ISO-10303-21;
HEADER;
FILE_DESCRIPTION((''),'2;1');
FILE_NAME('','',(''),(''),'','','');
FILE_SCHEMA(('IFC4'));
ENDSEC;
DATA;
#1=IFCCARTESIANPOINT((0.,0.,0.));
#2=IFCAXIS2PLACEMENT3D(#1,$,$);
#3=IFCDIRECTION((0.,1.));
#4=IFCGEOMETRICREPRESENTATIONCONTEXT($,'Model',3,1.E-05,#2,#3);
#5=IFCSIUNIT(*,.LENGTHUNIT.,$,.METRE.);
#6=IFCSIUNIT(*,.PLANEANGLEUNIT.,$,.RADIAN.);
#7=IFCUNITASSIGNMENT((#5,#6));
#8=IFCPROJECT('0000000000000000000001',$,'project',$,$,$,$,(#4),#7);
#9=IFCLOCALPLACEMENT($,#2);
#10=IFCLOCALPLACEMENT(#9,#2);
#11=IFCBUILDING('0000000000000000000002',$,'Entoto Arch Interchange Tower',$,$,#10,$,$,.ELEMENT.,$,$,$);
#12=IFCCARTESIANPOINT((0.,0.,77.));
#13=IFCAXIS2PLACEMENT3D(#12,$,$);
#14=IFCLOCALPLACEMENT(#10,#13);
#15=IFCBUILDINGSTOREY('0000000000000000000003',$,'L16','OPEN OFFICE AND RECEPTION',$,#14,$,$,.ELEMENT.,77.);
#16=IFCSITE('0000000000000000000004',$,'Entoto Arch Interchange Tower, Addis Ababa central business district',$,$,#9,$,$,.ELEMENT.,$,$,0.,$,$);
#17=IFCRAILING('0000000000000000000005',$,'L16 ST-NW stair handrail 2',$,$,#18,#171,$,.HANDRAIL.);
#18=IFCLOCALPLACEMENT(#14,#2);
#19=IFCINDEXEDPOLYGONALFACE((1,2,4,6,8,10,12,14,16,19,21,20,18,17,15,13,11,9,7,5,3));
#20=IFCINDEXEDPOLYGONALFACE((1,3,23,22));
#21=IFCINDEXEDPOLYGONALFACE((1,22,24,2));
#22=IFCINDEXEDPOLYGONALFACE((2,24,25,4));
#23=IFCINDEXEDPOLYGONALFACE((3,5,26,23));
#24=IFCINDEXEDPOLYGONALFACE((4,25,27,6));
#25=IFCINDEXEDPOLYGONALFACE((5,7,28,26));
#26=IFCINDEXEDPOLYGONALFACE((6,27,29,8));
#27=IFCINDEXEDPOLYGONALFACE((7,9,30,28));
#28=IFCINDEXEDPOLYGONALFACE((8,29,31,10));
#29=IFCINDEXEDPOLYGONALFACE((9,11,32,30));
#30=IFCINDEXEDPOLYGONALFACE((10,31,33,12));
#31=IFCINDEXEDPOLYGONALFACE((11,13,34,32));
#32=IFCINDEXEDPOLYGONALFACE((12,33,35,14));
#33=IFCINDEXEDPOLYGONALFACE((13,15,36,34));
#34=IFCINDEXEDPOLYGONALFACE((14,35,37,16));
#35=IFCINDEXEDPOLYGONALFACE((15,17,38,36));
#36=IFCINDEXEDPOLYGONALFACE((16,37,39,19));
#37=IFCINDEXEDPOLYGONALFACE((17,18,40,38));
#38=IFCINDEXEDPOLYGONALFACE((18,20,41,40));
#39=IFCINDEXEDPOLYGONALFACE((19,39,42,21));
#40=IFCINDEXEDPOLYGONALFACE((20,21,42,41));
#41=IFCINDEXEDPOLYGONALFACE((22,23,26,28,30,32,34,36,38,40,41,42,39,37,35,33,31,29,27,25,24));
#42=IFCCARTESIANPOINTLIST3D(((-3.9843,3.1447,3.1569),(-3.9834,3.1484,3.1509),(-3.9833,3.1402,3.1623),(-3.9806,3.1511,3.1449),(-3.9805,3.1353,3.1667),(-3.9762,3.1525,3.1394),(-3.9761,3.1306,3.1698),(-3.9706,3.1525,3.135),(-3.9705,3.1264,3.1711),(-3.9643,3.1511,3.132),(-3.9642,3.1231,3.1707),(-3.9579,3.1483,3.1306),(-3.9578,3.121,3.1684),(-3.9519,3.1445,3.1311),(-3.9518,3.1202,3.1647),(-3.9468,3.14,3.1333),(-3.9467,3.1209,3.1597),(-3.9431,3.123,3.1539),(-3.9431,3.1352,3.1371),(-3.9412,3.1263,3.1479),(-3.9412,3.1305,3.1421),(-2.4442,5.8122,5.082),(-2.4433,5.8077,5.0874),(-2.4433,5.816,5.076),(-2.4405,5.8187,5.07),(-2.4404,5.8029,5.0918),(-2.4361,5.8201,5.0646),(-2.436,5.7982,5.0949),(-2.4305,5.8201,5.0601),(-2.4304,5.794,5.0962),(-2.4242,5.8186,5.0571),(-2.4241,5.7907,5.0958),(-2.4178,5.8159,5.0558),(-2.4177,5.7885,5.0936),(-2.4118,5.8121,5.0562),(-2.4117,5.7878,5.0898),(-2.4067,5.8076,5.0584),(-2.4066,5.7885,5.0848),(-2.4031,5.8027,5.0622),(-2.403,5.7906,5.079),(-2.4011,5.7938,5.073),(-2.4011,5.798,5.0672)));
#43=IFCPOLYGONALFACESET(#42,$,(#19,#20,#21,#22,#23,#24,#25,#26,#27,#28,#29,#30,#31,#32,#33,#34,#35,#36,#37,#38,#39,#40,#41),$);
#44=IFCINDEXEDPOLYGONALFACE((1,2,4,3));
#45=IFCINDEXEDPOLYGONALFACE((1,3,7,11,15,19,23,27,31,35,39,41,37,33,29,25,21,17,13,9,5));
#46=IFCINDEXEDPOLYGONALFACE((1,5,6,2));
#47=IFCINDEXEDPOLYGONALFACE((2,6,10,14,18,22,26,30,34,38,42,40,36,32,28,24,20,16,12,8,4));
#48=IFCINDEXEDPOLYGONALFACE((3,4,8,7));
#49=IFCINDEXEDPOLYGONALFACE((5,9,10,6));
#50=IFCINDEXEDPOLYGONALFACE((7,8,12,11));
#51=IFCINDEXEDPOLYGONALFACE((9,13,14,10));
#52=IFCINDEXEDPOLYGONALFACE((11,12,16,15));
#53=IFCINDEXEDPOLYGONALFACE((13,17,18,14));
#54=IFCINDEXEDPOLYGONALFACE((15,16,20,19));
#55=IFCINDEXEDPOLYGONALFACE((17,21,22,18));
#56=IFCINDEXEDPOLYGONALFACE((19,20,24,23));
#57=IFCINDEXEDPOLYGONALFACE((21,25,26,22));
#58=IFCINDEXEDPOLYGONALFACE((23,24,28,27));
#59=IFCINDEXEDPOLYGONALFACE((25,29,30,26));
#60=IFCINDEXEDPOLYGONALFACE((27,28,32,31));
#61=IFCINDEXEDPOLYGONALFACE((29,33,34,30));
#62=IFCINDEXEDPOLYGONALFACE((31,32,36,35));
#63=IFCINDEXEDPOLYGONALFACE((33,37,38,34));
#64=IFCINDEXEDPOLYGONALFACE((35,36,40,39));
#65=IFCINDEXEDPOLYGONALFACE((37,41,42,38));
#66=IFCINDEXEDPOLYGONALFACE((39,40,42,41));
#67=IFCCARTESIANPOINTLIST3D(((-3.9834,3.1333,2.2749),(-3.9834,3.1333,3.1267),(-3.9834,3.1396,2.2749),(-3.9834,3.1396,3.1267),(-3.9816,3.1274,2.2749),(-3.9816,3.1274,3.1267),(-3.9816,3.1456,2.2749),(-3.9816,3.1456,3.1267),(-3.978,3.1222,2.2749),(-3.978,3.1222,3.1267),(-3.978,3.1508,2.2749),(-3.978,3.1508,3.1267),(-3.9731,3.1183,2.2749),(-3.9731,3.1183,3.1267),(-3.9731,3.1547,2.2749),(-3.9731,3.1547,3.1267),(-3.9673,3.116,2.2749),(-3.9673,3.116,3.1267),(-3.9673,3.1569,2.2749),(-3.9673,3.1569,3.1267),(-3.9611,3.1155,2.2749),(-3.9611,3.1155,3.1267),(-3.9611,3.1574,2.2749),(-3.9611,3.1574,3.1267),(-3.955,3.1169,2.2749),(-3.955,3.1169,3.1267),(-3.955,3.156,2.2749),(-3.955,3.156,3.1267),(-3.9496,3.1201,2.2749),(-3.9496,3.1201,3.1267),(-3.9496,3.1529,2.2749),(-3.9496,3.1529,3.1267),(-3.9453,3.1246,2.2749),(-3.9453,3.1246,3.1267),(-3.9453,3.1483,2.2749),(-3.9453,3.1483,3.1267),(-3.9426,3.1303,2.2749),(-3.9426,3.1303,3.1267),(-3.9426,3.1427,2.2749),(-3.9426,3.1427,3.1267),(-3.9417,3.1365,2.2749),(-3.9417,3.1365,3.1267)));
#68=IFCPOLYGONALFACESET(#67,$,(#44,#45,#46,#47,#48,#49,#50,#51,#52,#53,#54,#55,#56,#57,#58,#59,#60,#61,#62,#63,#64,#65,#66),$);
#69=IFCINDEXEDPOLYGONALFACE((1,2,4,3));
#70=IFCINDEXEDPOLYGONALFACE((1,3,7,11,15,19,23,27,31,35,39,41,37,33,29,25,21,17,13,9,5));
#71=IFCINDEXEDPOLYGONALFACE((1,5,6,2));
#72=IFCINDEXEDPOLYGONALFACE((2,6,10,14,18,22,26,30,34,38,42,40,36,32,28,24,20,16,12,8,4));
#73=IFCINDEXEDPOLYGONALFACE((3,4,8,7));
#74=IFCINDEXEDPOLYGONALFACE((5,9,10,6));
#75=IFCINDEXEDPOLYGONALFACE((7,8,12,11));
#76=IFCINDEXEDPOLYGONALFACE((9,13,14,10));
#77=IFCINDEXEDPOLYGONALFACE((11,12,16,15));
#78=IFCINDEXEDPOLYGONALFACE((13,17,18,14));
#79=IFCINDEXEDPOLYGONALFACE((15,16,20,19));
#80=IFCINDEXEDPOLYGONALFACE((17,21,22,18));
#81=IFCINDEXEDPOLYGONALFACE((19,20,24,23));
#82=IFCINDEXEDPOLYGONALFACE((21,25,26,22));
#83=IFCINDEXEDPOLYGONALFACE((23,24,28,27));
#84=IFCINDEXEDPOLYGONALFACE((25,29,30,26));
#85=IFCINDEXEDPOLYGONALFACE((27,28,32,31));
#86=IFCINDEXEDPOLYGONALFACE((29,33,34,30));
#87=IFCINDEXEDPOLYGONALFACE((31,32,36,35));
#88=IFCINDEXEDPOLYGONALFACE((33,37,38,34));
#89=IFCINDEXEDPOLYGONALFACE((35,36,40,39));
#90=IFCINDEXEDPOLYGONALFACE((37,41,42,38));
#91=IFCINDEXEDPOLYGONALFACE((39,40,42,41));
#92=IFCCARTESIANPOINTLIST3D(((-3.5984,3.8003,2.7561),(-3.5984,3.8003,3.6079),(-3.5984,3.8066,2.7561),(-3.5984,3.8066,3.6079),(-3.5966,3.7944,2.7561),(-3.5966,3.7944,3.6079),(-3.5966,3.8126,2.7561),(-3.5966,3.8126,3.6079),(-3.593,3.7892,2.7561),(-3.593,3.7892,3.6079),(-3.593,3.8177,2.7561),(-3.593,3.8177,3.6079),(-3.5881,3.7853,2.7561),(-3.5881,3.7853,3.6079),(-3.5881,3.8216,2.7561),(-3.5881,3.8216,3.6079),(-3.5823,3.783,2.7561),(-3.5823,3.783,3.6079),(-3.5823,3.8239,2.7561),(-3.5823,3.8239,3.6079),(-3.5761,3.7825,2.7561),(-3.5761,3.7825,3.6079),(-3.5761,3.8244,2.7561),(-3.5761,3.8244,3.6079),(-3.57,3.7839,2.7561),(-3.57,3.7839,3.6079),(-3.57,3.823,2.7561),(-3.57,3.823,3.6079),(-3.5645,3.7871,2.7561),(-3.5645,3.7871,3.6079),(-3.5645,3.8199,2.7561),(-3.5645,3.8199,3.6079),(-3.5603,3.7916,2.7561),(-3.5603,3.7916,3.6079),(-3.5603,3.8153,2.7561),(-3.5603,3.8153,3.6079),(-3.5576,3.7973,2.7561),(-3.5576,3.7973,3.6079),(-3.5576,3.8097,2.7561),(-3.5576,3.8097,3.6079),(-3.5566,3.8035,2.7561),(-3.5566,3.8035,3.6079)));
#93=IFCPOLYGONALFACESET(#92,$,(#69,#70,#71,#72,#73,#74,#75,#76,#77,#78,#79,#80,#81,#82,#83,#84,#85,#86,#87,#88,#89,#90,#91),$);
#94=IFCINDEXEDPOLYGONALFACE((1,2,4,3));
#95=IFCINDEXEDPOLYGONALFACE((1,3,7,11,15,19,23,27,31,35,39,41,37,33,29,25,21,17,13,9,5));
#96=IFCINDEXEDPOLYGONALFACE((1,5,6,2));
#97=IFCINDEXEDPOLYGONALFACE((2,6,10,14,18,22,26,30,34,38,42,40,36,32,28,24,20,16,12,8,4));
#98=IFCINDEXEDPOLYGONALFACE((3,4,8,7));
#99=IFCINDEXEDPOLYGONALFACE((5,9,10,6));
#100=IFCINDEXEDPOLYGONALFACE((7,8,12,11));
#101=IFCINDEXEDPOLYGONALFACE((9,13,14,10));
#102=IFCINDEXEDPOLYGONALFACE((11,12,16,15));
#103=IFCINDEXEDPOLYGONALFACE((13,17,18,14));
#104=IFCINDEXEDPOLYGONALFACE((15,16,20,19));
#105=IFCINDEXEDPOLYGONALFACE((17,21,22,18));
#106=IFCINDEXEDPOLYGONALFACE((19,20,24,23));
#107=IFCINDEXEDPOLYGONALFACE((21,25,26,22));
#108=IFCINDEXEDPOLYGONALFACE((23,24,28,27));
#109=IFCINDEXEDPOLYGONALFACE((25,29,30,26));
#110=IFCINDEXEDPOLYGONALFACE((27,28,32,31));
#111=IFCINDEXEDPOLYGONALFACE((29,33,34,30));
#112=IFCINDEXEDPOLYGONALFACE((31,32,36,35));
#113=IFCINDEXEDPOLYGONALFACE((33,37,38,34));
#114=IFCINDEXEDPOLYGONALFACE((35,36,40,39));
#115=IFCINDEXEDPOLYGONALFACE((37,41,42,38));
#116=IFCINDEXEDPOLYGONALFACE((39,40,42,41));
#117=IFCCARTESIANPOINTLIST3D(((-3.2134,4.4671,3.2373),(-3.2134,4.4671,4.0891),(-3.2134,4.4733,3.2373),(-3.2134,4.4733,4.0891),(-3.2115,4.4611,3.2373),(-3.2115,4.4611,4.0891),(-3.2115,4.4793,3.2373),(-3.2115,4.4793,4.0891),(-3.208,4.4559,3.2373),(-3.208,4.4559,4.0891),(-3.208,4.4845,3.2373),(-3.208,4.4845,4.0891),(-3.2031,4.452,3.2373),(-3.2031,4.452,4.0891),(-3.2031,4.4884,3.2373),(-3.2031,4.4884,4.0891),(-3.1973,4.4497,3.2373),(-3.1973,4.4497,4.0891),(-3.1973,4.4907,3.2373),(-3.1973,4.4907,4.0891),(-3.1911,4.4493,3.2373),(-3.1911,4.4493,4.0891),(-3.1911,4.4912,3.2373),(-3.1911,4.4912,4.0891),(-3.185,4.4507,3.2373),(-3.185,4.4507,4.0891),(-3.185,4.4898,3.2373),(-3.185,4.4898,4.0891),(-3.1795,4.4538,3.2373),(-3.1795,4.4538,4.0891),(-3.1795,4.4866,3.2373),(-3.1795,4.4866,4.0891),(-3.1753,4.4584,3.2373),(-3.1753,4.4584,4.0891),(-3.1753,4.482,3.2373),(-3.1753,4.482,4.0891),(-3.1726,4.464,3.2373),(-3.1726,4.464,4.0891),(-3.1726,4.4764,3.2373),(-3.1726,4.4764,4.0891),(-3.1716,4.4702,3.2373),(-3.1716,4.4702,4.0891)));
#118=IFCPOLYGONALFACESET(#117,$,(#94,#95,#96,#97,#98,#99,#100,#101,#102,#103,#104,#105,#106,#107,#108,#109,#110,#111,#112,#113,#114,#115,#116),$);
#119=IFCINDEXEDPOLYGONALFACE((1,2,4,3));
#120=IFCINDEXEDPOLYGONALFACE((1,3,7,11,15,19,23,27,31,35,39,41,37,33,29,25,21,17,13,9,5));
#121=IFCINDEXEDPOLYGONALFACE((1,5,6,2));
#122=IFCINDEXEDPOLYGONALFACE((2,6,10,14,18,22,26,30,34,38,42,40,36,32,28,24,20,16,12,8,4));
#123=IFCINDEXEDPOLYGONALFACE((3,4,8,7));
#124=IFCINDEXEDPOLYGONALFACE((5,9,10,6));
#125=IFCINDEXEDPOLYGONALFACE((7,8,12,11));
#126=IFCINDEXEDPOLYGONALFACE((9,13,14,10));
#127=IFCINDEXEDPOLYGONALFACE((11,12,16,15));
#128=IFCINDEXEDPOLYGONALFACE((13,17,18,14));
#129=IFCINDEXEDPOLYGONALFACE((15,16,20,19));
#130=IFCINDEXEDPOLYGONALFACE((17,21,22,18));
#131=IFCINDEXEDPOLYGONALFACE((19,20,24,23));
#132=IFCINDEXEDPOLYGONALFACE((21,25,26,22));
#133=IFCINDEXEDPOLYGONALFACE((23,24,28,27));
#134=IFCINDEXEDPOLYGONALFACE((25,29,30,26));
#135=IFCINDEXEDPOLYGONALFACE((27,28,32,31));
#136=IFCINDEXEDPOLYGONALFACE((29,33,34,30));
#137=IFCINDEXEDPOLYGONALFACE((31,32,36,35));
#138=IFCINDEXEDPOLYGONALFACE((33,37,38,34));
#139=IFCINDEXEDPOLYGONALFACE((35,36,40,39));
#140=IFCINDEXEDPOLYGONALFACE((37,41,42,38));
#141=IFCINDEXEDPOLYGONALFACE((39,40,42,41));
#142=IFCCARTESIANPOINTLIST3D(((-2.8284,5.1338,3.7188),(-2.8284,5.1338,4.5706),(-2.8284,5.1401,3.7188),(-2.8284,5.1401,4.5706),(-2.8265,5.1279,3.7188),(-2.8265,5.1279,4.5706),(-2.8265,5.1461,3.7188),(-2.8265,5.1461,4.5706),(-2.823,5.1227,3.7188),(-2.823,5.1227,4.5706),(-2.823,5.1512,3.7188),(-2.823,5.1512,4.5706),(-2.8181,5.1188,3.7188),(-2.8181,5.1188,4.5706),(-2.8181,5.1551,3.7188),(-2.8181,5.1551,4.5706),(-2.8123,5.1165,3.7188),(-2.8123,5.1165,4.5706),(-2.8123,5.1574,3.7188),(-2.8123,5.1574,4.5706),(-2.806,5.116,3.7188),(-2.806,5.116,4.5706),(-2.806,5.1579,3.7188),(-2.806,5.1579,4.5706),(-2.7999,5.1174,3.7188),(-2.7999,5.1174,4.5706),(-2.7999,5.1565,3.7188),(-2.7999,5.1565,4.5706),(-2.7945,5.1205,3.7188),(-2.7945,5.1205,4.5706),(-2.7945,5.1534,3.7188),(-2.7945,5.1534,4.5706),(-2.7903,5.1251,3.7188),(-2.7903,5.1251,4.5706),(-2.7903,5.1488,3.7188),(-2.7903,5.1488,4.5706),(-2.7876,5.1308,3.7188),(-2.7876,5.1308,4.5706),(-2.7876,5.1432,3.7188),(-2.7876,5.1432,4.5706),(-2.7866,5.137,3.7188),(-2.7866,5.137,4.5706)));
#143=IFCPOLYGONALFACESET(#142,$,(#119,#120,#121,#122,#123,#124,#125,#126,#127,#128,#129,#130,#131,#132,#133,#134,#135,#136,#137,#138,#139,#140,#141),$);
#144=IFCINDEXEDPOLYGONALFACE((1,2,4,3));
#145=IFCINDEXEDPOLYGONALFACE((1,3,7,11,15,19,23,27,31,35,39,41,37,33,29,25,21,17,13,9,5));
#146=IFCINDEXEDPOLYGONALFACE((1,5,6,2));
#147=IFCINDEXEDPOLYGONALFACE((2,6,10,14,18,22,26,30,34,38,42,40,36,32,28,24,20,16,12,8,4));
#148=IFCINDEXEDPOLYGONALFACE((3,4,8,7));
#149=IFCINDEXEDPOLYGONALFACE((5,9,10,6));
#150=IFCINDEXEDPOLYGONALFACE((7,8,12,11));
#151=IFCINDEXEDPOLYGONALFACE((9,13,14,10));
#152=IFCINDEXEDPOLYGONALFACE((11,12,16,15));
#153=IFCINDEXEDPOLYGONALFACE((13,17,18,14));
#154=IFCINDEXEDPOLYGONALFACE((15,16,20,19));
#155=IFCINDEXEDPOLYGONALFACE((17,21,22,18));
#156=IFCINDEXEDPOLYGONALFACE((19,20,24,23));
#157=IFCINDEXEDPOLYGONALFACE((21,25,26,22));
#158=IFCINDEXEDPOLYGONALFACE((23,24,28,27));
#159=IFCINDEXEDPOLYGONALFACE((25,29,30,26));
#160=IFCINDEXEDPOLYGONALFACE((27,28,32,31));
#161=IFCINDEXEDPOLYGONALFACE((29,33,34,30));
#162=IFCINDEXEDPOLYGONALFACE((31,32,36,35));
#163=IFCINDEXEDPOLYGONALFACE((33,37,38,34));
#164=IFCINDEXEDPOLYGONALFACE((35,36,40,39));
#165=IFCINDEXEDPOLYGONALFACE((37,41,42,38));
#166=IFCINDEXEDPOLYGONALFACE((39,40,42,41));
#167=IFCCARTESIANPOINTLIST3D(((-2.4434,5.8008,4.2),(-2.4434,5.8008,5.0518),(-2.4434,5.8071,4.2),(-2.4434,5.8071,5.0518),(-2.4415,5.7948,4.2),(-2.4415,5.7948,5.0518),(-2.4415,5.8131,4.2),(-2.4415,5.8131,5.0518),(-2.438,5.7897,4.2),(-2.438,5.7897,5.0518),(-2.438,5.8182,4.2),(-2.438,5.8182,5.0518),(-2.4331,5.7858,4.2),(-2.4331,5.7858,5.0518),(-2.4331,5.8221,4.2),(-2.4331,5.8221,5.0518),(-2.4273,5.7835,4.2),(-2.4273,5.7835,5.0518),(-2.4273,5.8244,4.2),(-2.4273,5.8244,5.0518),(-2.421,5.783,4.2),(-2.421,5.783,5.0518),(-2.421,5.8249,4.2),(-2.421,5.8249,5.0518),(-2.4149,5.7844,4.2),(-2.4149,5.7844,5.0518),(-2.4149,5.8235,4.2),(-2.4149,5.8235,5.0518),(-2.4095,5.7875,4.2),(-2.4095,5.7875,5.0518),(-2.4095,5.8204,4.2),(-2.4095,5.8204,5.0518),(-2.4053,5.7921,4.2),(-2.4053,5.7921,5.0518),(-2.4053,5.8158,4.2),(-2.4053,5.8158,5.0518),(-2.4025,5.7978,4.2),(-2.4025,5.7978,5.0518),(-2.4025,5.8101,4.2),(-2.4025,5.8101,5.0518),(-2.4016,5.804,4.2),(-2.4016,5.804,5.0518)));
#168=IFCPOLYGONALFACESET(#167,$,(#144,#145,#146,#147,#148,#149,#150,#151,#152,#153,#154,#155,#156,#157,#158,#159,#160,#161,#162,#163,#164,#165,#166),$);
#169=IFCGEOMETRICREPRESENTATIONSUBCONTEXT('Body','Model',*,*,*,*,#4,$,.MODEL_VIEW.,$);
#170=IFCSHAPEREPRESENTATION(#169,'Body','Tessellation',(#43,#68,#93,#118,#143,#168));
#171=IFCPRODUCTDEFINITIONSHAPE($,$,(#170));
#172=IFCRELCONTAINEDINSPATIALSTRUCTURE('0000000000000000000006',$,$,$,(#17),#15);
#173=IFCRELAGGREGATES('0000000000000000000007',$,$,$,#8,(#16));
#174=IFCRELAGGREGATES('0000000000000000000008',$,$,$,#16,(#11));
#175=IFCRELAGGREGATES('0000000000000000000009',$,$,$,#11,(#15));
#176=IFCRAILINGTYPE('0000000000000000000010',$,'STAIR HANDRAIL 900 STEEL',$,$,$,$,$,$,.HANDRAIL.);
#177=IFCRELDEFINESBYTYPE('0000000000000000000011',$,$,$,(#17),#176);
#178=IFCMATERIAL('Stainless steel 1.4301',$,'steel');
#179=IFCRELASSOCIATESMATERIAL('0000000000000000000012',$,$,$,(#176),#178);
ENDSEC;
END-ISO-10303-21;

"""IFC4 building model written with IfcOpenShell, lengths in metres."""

from ifc_helpers import new_model, si_unit, direction, frame, origin, origin_2d, place, context, subcontext, project, spatial, circle, extrude, material, type_object, element, save


model = new_model("IFC4")

# Units and contexts
model_context = context("Model", 3, precision=1e-05, world=origin(), true_north=direction((0.0, 1.0)))
body_context = subcontext(model_context, "Body", "Model", "MODEL_VIEW")
ifc_project = project(units=[si_unit("LENGTHUNIT", "METRE"), si_unit("PLANEANGLEUNIT", "RADIAN")], contexts=[model_context])

# Site, building, storey
site_placement = place(None, origin())
site = spatial("IfcSite", under=ifc_project, at=site_placement, Name="Entoto Arch Interchange Tower, Addis Ababa central business district", CompositionType="ELEMENT", RefElevation=0.0)
building_placement = place(site_placement, origin())
building = spatial("IfcBuilding", under=site, at=building_placement, Name="Entoto Arch Interchange Tower", CompositionType="ELEMENT")
storey_placement = place(building_placement, frame((0.0, 0.0, 77.0)))
storey = spatial("IfcBuildingStorey", under=building, at=storey_placement, Name="L16", Description="OPEN OFFICE AND RECEPTION", CompositionType="ELEMENT", Elevation=77.0)

# Railing
ifc_material_1 = material(Name="Stainless steel 1.4301", Category="steel")
railing_type_1 = type_object("IfcRailingType", Name="STAIR HANDRAIL 900 STEEL", PredefinedType="HANDRAIL", material=ifc_material_1)
railing_1_placement = place(storey_placement, frame((-3.9626, 3.1365, 2.2749)))
element("IfcRailing", 1, at=railing_1_placement, inside=storey, type_object=railing_type_1, Name="L16 ST-NW stair handrail 2", PredefinedType="HANDRAIL", context=body_context, shape_type="SweptSolid", body=[
    extrude(circle(Radius=0.0239, at=origin_2d()), frame((0.0, 0.0, 0.876), z_axis=(0.423994, 0.734395, 0.529993), x_axis=(-0.86603, 0.499992, 0.0)), (0.0, 0.0, 1.0), 3.6323),
    extrude(circle(Radius=0.021, at=origin_2d()), origin(), (0.0, 0.0, 1.0), 0.8518),
    extrude(circle(Radius=0.021, at=origin_2d()), frame((0.385, 0.667, 0.4812)), (0.0, 0.0, 1.0), 0.8518),
    extrude(circle(Radius=0.021, at=origin_2d()), frame((0.77, 1.3337, 0.9624)), (0.0, 0.0, 1.0), 0.8518),
    extrude(circle(Radius=0.021, at=origin_2d()), frame((1.155, 2.0005, 1.4438)), (0.0, 0.0, 1.0), 0.8518),
    extrude(circle(Radius=0.021, at=origin_2d()), frame((1.54, 2.6675, 1.925)), (0.0, 0.0, 1.0), 0.8518),
])

save(model, "model.ifc")
